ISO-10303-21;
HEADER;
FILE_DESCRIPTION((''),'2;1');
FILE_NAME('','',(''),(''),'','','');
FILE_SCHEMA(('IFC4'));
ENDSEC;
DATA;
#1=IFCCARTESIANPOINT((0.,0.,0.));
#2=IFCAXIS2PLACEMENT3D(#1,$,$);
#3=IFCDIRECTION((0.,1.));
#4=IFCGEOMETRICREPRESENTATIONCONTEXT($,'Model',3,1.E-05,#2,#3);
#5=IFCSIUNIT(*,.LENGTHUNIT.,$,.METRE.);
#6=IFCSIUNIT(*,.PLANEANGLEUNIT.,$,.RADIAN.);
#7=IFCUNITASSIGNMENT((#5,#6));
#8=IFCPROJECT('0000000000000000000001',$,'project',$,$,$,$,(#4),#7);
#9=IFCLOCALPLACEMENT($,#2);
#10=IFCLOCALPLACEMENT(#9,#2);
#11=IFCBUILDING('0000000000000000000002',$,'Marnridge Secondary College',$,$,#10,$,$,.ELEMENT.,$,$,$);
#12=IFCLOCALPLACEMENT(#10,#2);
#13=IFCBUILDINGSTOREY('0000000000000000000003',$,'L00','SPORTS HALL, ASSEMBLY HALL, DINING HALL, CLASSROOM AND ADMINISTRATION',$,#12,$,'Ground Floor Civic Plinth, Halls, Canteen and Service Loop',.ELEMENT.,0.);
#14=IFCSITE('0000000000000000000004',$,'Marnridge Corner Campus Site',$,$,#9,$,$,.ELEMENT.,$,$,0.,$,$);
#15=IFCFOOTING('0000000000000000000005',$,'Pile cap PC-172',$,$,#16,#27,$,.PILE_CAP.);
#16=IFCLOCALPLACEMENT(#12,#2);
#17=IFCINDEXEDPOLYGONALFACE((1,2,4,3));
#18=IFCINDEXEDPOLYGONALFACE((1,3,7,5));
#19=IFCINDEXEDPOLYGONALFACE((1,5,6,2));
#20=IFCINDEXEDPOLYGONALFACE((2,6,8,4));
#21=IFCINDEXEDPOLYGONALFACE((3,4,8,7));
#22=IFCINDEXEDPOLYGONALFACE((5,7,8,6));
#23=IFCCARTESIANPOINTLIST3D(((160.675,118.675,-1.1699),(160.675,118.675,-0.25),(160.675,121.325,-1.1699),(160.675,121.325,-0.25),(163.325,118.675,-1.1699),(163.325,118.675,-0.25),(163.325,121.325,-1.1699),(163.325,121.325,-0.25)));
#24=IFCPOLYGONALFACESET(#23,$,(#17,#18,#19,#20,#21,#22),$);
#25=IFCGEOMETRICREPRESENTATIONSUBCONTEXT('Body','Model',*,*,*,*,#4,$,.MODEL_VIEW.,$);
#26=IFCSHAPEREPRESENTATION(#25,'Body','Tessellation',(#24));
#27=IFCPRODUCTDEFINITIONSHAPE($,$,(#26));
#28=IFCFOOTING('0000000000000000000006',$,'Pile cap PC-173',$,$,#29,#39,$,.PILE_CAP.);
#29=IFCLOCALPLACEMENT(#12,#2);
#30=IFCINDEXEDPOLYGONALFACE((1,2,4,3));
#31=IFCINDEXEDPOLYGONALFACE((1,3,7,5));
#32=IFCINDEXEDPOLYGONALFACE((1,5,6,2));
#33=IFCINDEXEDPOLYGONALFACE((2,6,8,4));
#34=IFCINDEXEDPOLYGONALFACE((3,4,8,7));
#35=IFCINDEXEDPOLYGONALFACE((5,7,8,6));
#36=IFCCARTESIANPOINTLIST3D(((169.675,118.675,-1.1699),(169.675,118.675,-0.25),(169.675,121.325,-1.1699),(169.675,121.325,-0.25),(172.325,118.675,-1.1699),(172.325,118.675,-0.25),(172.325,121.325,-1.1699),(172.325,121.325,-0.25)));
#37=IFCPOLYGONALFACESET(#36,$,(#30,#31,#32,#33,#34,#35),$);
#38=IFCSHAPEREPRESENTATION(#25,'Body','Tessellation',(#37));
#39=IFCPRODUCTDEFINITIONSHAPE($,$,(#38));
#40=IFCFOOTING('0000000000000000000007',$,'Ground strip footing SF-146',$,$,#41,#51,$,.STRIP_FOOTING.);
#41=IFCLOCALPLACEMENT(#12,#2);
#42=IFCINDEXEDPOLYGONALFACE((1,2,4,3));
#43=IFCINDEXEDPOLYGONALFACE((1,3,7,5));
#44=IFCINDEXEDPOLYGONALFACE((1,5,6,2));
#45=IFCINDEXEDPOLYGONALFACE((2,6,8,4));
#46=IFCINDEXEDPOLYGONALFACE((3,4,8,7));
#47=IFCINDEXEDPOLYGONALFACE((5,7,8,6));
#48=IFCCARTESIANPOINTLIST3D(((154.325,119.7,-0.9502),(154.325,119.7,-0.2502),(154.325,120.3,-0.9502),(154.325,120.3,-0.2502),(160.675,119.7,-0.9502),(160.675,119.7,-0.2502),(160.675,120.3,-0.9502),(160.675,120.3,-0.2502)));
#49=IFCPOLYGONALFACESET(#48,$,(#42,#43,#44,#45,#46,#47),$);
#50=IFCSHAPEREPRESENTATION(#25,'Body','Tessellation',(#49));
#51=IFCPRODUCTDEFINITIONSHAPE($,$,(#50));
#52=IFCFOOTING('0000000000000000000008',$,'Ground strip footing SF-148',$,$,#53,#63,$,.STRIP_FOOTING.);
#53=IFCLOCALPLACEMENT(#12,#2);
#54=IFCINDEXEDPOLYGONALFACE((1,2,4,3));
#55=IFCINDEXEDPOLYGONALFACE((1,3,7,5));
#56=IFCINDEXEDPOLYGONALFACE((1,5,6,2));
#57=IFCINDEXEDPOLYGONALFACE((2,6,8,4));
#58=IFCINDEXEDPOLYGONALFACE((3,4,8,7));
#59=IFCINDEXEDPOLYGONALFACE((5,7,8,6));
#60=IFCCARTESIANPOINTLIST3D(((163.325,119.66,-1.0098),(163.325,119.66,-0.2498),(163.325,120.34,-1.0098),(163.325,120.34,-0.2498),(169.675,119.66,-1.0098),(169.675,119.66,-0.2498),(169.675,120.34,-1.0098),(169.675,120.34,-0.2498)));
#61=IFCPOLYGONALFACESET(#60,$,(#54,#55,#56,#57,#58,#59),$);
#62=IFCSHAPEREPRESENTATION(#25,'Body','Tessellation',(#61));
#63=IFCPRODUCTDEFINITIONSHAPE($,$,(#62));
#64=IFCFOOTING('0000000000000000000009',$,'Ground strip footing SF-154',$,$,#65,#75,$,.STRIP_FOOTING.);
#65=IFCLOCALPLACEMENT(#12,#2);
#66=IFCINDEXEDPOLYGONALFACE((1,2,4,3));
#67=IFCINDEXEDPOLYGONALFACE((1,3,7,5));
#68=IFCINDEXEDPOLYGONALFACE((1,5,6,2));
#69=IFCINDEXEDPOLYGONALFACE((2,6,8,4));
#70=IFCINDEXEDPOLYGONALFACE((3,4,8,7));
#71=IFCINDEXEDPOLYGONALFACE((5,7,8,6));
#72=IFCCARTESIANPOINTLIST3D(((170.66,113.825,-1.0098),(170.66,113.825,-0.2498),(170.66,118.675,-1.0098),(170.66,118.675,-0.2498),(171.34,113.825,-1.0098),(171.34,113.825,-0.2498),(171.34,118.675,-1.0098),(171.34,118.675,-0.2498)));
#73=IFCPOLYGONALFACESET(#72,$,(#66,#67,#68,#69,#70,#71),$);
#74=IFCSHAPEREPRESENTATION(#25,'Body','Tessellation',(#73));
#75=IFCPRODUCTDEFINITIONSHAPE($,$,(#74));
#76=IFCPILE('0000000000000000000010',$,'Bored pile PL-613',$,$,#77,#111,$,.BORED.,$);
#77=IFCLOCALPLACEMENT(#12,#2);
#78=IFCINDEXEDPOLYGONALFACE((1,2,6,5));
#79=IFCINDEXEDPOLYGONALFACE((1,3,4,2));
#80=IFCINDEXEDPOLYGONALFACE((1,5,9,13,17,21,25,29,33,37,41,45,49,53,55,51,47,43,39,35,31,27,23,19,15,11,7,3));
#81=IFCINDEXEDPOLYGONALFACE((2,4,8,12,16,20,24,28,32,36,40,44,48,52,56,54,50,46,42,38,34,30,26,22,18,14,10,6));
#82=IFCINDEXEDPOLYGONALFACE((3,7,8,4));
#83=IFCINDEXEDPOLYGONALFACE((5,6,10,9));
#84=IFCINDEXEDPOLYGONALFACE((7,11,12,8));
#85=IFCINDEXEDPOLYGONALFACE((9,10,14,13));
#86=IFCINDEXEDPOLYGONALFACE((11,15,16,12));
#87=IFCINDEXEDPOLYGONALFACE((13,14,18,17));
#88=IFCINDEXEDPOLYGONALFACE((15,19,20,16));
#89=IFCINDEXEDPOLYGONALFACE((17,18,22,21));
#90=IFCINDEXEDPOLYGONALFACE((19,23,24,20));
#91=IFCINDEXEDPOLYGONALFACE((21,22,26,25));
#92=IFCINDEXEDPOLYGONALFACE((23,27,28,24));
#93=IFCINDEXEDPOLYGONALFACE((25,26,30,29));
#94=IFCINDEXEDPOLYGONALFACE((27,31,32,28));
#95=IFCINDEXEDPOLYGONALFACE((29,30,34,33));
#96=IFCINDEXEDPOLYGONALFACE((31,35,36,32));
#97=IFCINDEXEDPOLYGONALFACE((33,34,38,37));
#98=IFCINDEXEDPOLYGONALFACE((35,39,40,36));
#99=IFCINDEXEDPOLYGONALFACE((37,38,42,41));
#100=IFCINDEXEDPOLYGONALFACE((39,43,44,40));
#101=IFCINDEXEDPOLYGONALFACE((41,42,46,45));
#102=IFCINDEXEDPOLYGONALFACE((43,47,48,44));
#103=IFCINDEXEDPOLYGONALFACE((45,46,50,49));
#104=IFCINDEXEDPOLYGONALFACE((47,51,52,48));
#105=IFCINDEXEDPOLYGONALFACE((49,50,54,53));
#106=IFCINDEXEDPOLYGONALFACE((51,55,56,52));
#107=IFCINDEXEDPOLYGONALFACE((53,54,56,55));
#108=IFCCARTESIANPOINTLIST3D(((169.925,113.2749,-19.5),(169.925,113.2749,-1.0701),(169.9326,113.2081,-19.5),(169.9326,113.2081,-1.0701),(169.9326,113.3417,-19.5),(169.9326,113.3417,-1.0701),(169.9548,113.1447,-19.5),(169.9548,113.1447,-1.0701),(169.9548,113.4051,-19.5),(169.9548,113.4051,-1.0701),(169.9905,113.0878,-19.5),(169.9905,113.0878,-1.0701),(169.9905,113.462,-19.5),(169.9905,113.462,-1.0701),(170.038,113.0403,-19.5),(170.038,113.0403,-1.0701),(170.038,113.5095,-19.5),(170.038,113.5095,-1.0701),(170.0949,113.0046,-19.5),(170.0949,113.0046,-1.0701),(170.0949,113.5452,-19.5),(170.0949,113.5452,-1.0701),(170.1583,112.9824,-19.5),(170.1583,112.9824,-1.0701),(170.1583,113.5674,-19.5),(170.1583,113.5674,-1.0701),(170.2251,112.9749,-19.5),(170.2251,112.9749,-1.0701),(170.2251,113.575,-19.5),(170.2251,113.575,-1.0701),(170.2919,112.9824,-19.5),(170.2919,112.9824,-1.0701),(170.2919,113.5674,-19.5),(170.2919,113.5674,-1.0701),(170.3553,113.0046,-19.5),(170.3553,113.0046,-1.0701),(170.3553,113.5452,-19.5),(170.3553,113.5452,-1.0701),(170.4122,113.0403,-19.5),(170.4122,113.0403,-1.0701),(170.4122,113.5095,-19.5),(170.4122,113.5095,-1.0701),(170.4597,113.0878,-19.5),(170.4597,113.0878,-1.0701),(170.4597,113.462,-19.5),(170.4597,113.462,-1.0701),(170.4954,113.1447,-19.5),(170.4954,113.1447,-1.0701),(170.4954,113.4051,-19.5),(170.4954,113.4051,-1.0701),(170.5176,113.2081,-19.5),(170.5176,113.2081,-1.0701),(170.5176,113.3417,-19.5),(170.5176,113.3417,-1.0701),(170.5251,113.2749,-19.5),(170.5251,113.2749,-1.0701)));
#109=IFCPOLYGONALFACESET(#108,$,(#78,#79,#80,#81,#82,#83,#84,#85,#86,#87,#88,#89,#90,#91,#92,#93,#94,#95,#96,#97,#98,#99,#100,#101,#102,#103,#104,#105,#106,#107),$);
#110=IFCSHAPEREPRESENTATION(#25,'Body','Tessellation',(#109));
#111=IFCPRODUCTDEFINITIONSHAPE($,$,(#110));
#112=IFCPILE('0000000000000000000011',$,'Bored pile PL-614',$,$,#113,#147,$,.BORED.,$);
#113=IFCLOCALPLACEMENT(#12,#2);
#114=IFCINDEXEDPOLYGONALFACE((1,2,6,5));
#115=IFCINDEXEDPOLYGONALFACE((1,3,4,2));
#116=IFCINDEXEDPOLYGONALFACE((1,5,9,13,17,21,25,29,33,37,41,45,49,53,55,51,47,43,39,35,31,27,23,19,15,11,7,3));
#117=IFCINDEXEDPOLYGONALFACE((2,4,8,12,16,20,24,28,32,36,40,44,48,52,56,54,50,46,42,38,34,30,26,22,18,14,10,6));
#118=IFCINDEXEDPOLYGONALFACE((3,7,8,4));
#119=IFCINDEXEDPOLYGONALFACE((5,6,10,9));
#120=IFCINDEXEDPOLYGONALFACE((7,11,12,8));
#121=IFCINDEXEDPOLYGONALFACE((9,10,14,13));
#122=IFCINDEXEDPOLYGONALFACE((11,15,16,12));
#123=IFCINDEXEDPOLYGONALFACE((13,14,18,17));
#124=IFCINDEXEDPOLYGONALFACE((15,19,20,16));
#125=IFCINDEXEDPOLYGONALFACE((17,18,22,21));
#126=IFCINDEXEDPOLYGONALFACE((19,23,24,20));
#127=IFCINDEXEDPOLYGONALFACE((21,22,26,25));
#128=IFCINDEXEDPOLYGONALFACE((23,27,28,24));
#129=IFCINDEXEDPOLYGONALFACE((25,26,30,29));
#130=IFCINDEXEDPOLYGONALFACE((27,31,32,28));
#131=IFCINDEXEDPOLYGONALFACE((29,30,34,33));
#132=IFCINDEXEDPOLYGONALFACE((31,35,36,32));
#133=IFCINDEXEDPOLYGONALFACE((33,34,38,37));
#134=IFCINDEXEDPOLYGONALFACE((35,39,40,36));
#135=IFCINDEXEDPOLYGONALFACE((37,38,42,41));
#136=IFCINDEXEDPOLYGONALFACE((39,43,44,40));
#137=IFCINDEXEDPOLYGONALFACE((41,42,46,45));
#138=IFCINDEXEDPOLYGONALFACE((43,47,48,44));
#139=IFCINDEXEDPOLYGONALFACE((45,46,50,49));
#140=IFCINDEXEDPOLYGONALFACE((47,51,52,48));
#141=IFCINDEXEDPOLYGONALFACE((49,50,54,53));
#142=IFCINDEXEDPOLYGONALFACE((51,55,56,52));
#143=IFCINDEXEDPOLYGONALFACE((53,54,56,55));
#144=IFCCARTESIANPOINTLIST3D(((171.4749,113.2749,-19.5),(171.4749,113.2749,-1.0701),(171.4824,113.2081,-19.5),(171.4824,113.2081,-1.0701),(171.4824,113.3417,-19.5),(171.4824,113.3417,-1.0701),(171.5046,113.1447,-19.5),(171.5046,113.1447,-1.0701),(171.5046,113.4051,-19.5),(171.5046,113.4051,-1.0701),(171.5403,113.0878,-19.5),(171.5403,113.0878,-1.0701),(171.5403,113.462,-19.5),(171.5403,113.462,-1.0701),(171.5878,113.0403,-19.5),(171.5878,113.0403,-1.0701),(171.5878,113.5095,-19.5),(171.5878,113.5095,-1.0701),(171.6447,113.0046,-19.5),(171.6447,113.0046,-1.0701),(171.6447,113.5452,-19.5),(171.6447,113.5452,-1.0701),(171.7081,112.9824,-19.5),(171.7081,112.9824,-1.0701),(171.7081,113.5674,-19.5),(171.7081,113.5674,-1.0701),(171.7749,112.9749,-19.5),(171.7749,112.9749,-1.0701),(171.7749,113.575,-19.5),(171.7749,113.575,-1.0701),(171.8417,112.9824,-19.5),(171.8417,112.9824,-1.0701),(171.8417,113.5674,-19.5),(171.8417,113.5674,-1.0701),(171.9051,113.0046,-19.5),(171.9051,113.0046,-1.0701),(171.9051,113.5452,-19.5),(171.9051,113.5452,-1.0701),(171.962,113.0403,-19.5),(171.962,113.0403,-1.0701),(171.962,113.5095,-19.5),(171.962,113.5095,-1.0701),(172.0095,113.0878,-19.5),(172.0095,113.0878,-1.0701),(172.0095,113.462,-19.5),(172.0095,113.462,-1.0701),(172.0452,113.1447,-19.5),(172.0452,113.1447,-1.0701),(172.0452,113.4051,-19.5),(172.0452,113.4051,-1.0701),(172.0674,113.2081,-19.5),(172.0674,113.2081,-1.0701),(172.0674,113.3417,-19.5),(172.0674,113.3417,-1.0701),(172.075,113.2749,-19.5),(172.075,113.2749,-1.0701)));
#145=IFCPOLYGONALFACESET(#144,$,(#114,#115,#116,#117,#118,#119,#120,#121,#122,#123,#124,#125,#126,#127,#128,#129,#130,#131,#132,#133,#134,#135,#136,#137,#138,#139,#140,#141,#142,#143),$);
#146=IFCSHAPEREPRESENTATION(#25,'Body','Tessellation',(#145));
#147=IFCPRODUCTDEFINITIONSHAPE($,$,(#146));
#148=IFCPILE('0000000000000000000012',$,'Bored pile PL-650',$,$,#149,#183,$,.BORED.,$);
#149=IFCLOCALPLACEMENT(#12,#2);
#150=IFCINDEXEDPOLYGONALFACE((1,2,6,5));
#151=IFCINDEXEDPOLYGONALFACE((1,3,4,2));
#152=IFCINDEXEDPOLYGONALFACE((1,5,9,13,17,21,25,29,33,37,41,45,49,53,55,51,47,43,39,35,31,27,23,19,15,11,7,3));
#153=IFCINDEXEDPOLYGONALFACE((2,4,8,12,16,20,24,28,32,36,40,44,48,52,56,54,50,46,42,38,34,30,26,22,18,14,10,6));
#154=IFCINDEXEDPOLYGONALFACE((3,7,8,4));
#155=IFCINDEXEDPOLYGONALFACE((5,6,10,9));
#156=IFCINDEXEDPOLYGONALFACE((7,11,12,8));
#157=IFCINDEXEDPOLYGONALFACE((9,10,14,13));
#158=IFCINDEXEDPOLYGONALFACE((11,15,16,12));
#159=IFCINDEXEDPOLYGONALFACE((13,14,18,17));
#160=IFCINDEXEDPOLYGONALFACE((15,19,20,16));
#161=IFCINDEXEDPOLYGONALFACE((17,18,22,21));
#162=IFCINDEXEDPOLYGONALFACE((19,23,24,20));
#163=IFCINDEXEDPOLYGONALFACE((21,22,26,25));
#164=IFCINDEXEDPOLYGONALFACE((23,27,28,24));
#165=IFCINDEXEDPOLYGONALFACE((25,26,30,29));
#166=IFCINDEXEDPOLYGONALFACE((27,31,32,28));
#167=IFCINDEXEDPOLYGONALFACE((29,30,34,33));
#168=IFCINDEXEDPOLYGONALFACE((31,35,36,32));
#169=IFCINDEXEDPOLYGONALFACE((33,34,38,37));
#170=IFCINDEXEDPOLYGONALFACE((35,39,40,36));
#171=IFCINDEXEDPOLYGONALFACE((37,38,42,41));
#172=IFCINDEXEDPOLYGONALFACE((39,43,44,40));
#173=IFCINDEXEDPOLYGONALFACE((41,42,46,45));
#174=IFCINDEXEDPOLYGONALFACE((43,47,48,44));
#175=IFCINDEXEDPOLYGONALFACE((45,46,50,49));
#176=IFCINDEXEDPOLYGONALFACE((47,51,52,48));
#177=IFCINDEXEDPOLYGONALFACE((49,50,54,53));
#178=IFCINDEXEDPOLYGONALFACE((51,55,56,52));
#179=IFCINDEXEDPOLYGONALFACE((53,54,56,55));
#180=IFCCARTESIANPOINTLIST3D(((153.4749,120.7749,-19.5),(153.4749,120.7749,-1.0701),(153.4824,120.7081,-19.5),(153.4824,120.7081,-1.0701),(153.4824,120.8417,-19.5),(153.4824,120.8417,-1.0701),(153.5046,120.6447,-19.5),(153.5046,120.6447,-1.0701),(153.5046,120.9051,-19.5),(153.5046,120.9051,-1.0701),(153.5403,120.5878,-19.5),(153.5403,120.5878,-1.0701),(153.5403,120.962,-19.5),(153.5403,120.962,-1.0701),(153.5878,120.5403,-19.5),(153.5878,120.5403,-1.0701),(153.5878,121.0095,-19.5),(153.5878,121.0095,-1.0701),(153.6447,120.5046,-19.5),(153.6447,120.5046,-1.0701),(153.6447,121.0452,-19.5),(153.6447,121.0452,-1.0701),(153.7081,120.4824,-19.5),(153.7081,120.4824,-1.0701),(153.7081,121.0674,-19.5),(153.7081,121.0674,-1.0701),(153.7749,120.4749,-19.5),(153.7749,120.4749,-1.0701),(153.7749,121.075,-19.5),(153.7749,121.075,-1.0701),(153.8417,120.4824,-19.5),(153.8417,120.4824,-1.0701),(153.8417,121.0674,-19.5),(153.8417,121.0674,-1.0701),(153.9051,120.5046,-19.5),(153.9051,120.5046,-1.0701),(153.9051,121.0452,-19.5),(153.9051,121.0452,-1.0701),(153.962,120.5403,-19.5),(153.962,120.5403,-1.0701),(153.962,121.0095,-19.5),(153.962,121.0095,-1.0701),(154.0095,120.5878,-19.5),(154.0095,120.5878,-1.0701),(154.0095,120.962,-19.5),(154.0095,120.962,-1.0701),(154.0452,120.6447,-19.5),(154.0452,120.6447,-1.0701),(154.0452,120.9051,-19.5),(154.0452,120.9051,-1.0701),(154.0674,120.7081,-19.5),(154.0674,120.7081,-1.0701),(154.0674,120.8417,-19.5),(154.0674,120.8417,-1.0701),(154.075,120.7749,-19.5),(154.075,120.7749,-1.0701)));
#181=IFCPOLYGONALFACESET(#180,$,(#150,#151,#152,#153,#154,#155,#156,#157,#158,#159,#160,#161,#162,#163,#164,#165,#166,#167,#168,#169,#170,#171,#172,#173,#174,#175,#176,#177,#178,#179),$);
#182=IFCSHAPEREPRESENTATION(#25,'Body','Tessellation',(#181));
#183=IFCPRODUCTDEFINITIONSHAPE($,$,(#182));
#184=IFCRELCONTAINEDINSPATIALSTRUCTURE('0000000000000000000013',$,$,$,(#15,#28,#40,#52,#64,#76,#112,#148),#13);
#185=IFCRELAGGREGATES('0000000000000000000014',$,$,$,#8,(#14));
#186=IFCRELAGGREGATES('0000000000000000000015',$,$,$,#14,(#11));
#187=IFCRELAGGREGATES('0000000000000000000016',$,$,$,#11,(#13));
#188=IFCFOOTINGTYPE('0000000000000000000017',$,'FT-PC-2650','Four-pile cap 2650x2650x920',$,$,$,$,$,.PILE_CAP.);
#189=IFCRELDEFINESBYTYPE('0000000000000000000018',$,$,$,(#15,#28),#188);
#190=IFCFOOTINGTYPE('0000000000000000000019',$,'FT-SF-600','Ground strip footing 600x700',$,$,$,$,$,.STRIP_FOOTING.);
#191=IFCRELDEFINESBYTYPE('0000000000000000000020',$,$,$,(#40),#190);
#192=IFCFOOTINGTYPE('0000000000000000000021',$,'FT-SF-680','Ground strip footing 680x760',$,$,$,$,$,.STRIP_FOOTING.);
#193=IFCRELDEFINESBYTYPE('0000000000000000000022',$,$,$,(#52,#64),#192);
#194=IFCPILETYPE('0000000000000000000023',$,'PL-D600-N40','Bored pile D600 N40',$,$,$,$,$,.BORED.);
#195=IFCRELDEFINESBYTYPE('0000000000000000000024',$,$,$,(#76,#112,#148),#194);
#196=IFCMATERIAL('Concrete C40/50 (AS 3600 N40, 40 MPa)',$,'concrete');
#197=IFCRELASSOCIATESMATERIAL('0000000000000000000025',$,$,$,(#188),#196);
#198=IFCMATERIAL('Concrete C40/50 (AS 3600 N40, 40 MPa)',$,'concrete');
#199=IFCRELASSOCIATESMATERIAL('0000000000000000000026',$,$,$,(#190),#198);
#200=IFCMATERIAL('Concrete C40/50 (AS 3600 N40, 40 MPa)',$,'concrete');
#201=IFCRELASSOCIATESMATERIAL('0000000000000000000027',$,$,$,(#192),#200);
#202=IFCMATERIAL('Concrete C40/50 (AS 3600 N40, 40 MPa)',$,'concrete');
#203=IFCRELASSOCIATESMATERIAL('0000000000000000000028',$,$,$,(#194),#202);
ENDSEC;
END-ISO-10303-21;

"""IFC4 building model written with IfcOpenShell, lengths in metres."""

from ifc_helpers import new_model, si_unit, direction, frame, origin, origin_2d, place, context, subcontext, project, spatial, rectangle, circle, extrude, material, material_profile, profile_set, type_object, element, save


model = new_model("IFC4")

# Units and contexts
model_context = context("Model", 3, precision=1e-05, world=origin(), true_north=direction((0.0, 1.0)))
body_context = subcontext(model_context, "Body", "Model", "MODEL_VIEW")
ifc_project = project(units=[si_unit("LENGTHUNIT", "METRE"), si_unit("PLANEANGLEUNIT", "RADIAN")], contexts=[model_context])

# Site, building, storey
site_placement = place(None, origin())
site = spatial("IfcSite", under=ifc_project, at=site_placement, Name="Marnridge Corner Campus Site", CompositionType="ELEMENT", RefElevation=0.0)
building_placement = place(site_placement, origin())
building = spatial("IfcBuilding", under=site, at=building_placement, Name="Marnridge Secondary College", CompositionType="ELEMENT")
storey_placement = place(building_placement, origin())
storey = spatial("IfcBuildingStorey", under=building, at=storey_placement, Name="L00", Description="SPORTS HALL, ASSEMBLY HALL, DINING HALL, CLASSROOM AND ADMINISTRATION", LongName="Ground Floor Civic Plinth, Halls, Canteen and Service Loop", CompositionType="ELEMENT", Elevation=0.0)

# Footings
ifc_material_1 = material(Name="Concrete C40/50 (AS 3600 N40, 40 MPa)", Category="concrete")
footing_type_1 = type_object("IfcFootingType", Name="FT-PC-2650", Description="Four-pile cap 2650x2650x920", PredefinedType="PILE_CAP", material=ifc_material_1)
for number, where, z_axis, x_axis, name in (
    (1, (162.0, 120.0, -1.1699), (0.0, 0.0, 1.0), (1.0, 0.0, 0.0), "Pile cap PC-172"),
    (2, (171.0, 120.0, -1.1699), (0.0, 0.0, 1.0), (1.0, 0.0, 0.0), "Pile cap PC-173"),
):
    element("IfcFooting", number, at=place(storey_placement, frame(where, z_axis=z_axis, x_axis=x_axis)), inside=storey, type_object=footing_type_1, Name=name, PredefinedType="PILE_CAP", context=body_context, shape_type="SweptSolid", body=[
        extrude(rectangle(XDim=2.6499, YDim=2.6499, at=origin_2d()), origin(), (0.0, 0.0, 1.0), 0.9199),
    ])
ifc_material_2 = material(Name="Concrete C40/50 (AS 3600 N40, 40 MPa)", Category="concrete")
footing_type_2 = type_object("IfcFootingType", Name="FT-SF-600", Description="Ground strip footing 600x700", PredefinedType="STRIP_FOOTING", material=ifc_material_2)
footing_1_placement = place(storey_placement, frame((157.5, 120.0, -0.9502), z_axis=(0.0, 0.0, 1.0), x_axis=(1.0, 0.0, 0.0)))
element("IfcFooting", 3, at=footing_1_placement, inside=storey, type_object=footing_type_2, Name="Ground strip footing SF-146", PredefinedType="STRIP_FOOTING", context=body_context, shape_type="SweptSolid", body=[
    extrude(rectangle(XDim=6.3501, YDim=0.6001, at=origin_2d()), origin(), (0.0, 0.0, 1.0), 0.7),
])
ifc_material_3 = material(Name="Concrete C40/50 (AS 3600 N40, 40 MPa)", Category="concrete")
footing_type_3 = type_object("IfcFootingType", Name="FT-SF-680", Description="Ground strip footing 680x760", PredefinedType="STRIP_FOOTING", material=ifc_material_3)
footing_2_placement = place(storey_placement, frame((166.5, 120.0, -1.0098), z_axis=(0.0, 0.0, 1.0), x_axis=(1.0, 0.0, 0.0)))
element("IfcFooting", 4, at=footing_2_placement, inside=storey, type_object=footing_type_3, Name="Ground strip footing SF-148", PredefinedType="STRIP_FOOTING", context=body_context, shape_type="SweptSolid", body=[
    extrude(rectangle(XDim=6.3501, YDim=0.6799, at=origin_2d()), origin(), (0.0, 0.0, 1.0), 0.76),
])
footing_3_placement = place(storey_placement, frame((171.0, 116.25, -1.0098), z_axis=(0.0, 0.0, 1.0), x_axis=(1.0, 0.0, 0.0)))
element("IfcFooting", 5, at=footing_3_placement, inside=storey, type_object=footing_type_3, Name="Ground strip footing SF-154", PredefinedType="STRIP_FOOTING", context=body_context, shape_type="SweptSolid", body=[
    extrude(rectangle(XDim=0.6799, YDim=4.8501, at=origin_2d()), origin(), (0.0, 0.0, 1.0), 0.76),
])

# Piles
ifc_material_4 = material(Name="Concrete C40/50 (AS 3600 N40, 40 MPa)", Category="concrete")
ifc_material_profile_1 = material_profile(ifc_material_4, circle(Radius=0.3, at=origin_2d()), Name="PILE D600")
ifc_profile_set_1 = profile_set([ifc_material_profile_1], Name="Concrete C40/50 (AS 3600 N40, 40 MPa)")
pile_type = type_object("IfcPileType", Name="PL-D600-N40", Description="Bored pile D600 N40", PredefinedType="BORED", material=ifc_profile_set_1)
for number, where, z_axis, x_axis, name in (
    (6, (170.2251, 113.2749, -1.0701), (0.0, 0.0, -1.0), (1.0, 0.0, 0.0), "Bored pile PL-613"),
    (7, (171.7749, 113.2749, -1.0701), (0.0, 0.0, -1.0), (1.0, 0.0, 0.0), "Bored pile PL-614"),
    (8, (153.7749, 120.7749, -1.0701), (0.0, 0.0, -1.0), (1.0, 0.0, 0.0), "Bored pile PL-650"),
):
    element("IfcPile", number, at=place(storey_placement, frame(where, z_axis=z_axis, x_axis=x_axis)), inside=storey, type_object=pile_type, Name=name, PredefinedType="BORED", context=body_context, shape_type="SweptSolid", body=[
        extrude(circle(Radius=0.3, at=origin_2d()), origin(), (0.0, 0.0, 1.0), 18.4299),
    ])

save(model, "model.ifc")
